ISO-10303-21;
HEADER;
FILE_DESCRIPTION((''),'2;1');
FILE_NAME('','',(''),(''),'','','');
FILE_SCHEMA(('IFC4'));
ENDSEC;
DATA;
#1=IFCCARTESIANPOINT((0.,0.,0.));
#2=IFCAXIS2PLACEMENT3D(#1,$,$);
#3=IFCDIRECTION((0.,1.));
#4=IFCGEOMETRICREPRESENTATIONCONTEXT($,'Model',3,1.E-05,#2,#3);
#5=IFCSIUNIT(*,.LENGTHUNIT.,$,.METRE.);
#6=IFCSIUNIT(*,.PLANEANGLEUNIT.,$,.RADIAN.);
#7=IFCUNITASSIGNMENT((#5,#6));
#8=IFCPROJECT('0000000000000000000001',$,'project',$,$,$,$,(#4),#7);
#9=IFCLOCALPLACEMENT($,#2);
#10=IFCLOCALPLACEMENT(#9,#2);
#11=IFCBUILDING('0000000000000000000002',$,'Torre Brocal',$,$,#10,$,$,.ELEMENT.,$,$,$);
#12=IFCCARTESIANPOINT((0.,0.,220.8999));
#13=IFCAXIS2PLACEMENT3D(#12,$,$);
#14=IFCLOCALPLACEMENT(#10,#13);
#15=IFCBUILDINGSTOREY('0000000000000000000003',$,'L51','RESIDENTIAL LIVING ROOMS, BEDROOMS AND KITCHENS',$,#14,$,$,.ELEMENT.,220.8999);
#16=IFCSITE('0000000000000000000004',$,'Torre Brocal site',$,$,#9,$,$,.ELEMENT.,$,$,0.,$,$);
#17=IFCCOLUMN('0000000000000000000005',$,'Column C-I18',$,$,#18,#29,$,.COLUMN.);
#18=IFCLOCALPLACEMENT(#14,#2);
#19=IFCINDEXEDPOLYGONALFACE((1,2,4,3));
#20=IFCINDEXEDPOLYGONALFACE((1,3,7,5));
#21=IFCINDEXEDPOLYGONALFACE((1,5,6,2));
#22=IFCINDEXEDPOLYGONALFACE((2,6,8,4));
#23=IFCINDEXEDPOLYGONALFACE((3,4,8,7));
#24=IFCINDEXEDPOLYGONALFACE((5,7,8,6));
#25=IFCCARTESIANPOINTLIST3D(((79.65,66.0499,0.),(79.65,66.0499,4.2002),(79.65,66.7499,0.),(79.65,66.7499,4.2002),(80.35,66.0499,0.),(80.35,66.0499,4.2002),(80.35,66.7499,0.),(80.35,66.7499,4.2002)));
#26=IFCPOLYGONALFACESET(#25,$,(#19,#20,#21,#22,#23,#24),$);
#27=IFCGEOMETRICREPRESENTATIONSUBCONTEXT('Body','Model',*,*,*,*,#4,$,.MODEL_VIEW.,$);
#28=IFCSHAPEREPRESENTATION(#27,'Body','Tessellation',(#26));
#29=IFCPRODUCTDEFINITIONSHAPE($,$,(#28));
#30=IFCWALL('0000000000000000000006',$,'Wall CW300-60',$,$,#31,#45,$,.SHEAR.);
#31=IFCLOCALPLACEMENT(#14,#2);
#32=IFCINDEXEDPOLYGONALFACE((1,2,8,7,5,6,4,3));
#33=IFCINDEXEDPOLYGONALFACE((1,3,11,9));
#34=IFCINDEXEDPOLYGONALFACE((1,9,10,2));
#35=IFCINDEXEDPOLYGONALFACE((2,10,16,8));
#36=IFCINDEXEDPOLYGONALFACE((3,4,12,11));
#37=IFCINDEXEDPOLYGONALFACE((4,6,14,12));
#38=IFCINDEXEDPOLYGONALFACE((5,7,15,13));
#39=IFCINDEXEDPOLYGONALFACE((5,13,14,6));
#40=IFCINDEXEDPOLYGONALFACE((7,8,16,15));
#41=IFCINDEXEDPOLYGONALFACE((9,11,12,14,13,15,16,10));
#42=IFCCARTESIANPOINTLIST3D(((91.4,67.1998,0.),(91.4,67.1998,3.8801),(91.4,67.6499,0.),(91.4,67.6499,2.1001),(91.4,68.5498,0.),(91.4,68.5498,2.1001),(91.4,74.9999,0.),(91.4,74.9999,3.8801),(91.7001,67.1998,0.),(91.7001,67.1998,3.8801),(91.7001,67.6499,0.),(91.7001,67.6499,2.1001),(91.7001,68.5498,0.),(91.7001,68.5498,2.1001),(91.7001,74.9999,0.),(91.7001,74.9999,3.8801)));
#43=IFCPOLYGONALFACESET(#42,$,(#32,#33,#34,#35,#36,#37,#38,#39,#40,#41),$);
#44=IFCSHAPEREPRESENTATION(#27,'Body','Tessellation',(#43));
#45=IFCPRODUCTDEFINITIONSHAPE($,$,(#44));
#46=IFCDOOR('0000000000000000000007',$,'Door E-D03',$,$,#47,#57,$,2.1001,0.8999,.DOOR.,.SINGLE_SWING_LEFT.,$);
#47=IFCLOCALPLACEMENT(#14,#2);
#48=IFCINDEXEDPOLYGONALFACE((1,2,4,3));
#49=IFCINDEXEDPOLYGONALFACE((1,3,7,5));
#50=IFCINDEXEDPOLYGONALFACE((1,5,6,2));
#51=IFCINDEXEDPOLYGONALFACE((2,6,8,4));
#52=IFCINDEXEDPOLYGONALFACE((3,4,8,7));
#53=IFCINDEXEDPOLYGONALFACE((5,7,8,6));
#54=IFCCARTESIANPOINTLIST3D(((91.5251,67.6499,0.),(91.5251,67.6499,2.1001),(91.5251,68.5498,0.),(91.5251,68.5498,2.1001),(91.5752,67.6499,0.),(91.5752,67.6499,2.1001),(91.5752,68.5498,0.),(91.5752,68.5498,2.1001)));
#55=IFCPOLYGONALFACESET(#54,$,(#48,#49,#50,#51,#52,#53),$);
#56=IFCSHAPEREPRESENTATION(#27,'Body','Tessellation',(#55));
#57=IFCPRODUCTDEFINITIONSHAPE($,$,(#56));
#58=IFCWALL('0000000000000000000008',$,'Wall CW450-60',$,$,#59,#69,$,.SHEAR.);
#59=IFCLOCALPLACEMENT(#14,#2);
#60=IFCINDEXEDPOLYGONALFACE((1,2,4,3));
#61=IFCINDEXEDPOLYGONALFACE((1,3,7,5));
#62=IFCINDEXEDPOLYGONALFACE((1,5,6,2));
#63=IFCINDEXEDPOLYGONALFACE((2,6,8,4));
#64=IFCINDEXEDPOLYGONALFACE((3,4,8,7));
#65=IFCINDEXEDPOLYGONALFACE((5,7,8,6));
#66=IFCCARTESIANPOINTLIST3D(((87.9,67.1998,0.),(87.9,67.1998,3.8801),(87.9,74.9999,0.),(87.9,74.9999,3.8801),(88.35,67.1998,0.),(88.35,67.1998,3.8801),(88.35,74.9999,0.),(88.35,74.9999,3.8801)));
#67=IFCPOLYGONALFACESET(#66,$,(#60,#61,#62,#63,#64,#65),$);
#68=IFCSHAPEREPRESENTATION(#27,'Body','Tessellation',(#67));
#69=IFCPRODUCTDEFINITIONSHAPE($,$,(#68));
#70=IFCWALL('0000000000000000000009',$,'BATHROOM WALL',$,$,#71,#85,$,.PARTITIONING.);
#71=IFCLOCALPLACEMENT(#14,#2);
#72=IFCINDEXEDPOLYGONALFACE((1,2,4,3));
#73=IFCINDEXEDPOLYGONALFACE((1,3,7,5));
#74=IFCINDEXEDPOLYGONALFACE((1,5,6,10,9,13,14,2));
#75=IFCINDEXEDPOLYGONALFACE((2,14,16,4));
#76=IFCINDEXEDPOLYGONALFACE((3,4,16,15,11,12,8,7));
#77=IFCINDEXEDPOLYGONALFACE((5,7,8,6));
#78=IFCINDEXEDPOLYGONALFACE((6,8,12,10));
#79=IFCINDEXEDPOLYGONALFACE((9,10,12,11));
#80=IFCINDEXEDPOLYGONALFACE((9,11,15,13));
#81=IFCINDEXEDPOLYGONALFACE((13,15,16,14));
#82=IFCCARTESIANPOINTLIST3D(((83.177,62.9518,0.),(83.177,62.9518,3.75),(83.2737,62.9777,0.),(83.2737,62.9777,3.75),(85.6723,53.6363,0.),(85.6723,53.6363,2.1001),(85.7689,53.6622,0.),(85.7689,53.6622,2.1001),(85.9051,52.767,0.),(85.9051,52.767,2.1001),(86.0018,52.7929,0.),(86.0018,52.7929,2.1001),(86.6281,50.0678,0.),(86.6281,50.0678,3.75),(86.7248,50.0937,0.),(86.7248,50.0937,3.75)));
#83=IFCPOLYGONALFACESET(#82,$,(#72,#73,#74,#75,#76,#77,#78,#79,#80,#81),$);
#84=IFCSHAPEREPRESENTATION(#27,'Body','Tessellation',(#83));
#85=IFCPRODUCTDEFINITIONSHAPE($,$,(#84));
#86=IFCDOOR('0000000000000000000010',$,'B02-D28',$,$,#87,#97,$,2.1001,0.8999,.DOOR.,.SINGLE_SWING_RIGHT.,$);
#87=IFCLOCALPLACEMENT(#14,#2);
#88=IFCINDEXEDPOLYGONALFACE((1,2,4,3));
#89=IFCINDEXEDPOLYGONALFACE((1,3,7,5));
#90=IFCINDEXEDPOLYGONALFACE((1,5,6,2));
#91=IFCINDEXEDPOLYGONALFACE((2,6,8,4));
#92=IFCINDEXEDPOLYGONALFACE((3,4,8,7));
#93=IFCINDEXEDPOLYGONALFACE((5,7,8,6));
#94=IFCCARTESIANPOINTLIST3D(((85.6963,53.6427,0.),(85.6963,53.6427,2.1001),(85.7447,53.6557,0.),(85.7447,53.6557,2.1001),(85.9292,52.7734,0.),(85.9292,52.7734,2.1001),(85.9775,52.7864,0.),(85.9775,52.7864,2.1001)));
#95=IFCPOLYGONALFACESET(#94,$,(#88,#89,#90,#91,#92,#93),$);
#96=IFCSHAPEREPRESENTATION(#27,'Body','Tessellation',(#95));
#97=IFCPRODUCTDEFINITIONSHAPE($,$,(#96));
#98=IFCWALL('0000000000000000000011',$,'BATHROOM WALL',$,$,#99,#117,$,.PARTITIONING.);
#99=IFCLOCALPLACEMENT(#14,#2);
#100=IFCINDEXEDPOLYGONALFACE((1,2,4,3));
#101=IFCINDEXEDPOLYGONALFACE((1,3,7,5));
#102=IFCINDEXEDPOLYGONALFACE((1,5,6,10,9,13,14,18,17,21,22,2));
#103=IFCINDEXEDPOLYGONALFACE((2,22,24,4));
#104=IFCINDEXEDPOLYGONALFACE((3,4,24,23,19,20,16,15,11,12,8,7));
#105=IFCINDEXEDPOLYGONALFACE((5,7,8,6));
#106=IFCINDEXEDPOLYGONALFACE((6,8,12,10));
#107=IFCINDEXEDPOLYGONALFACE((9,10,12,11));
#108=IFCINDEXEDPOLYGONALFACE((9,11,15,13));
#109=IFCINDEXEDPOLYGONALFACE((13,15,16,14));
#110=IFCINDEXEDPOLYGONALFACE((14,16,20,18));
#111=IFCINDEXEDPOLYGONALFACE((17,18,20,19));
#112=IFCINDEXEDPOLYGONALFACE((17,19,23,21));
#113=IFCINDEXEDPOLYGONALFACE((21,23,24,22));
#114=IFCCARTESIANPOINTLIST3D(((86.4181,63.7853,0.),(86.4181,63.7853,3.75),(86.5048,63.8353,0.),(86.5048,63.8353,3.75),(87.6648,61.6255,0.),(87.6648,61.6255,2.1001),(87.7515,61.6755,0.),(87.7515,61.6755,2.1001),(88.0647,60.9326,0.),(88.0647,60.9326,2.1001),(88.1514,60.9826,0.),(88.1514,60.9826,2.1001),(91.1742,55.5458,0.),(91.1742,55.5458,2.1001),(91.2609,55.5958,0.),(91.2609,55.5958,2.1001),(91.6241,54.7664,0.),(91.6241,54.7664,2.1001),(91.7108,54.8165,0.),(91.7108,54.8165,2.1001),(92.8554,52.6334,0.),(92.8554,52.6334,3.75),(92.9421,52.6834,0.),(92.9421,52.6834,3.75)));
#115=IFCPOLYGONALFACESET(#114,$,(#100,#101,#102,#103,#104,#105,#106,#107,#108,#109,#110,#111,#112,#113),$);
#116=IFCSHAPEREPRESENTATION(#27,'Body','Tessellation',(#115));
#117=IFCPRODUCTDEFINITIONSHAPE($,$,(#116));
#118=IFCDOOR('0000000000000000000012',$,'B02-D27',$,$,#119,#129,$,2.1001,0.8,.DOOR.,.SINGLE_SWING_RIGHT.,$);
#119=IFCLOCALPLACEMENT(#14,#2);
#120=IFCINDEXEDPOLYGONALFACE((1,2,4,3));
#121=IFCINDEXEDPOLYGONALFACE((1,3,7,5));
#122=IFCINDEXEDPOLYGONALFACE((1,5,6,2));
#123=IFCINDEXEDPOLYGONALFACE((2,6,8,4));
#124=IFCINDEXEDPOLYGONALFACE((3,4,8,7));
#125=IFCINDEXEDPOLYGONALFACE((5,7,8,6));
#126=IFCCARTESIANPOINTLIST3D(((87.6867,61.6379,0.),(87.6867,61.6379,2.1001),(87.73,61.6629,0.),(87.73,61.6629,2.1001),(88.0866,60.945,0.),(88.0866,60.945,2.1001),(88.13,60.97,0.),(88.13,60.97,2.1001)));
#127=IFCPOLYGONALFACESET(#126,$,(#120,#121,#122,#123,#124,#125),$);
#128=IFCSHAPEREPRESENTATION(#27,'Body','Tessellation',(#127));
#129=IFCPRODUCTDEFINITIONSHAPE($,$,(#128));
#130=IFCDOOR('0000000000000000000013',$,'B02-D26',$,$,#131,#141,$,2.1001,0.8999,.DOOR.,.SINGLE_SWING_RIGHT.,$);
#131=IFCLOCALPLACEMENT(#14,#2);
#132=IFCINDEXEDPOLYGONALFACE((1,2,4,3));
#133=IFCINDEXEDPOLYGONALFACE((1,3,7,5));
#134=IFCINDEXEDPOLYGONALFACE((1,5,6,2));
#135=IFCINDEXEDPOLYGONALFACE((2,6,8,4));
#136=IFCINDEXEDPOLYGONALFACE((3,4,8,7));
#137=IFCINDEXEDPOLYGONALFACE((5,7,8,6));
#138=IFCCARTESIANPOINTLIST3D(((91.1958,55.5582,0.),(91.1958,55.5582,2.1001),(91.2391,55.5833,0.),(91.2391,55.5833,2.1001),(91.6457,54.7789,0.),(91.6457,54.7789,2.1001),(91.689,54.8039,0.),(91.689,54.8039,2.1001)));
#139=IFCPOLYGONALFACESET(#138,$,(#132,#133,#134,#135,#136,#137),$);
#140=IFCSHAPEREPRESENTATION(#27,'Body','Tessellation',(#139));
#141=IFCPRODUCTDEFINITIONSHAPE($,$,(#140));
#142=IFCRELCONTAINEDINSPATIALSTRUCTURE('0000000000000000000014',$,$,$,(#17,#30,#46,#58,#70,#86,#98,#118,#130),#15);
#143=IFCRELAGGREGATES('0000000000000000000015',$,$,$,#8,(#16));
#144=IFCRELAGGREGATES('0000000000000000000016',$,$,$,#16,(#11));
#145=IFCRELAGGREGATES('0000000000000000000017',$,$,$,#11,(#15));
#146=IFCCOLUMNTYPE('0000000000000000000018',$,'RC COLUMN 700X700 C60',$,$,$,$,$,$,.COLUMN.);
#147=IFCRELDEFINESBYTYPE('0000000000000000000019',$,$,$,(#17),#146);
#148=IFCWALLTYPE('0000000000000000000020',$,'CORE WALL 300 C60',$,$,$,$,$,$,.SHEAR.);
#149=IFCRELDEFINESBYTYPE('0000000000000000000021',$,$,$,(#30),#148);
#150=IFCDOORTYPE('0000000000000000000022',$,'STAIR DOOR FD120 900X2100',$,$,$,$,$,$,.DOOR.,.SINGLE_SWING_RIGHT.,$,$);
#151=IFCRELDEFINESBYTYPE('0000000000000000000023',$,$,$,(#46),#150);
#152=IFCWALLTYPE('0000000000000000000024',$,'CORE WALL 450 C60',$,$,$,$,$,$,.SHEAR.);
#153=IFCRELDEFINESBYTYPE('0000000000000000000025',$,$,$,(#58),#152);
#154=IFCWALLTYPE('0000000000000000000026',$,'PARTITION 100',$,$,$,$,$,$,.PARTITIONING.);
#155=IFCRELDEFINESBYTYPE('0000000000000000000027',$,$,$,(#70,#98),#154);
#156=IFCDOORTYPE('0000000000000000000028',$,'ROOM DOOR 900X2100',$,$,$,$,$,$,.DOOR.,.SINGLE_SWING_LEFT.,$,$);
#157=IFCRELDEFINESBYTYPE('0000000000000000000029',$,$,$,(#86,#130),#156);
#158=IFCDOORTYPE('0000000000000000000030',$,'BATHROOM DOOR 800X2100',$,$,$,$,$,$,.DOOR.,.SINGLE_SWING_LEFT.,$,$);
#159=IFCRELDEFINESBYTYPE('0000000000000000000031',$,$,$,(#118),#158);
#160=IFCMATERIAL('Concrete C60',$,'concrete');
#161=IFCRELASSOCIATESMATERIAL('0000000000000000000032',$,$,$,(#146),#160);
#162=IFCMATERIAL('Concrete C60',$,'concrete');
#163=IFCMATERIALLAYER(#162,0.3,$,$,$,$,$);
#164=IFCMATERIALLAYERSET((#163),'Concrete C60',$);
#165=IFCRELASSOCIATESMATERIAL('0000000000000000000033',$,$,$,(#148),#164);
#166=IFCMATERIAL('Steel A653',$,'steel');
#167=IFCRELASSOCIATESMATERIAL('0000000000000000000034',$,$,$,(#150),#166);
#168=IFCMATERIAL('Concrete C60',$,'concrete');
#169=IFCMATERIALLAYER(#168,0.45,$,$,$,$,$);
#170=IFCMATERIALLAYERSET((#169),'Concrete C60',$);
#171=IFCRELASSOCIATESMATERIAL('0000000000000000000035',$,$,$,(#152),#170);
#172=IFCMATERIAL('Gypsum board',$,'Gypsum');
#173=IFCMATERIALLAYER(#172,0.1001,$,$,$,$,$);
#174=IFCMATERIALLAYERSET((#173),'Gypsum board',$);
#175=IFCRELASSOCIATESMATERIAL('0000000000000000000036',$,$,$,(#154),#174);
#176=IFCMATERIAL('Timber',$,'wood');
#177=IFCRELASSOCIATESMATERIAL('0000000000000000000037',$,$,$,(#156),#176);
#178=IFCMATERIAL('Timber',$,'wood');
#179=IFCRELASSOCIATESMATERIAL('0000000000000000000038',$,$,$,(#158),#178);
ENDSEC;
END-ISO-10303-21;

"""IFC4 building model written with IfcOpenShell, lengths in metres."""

from ifc_helpers import new_model, si_unit, direction, frame, frame_2d, origin, origin_2d, place, context, subcontext, project, spatial, rectangle, extrude, material, layer, layer_set, material_profile, profile_set, type_object, element, fill, save


model = new_model("IFC4")

# Units and contexts
model_context = context("Model", 3, precision=1e-05, world=origin(), true_north=direction((0.0, 1.0)))
body_context = subcontext(model_context, "Body", "Model", "MODEL_VIEW")
ifc_project = project(units=[si_unit("LENGTHUNIT", "METRE"), si_unit("PLANEANGLEUNIT", "RADIAN")], contexts=[model_context])

# Site, building, storey
site_placement = place(None, origin())
site = spatial("IfcSite", under=ifc_project, at=site_placement, Name="Torre Brocal site", CompositionType="ELEMENT", RefElevation=0.0)
building_placement = place(site_placement, origin())
building = spatial("IfcBuilding", under=site, at=building_placement, Name="Torre Brocal", CompositionType="ELEMENT")
storey_placement = place(building_placement, frame((0.0, 0.0, 220.8999)))
storey = spatial("IfcBuildingStorey", under=building, at=storey_placement, Name="L51", Description="RESIDENTIAL LIVING ROOMS, BEDROOMS AND KITCHENS", CompositionType="ELEMENT", Elevation=220.8999)

# Column
ifc_material_1 = material(Name="Concrete C60", Category="concrete")
ifc_material_profile = material_profile(ifc_material_1, rectangle(XDim=0.7, YDim=0.7, at=origin_2d()), Name="RC 700X700")
ifc_profile_set = profile_set([ifc_material_profile], Name="Concrete C60")
column_type = type_object("IfcColumnType", Name="RC COLUMN 700X700 C60", PredefinedType="COLUMN", material=ifc_profile_set)
column_placement = place(storey_placement, frame((80.0, 66.3999, 0.0), z_axis=(0.0, 0.0, 1.0), x_axis=(0.0, -1.0, 0.0)))
element("IfcColumn", 1, at=column_placement, inside=storey, type_object=column_type, Name="Column C-I18", PredefinedType="COLUMN", context=body_context, shape_type="SweptSolid", body=[
    extrude(rectangle(XDim=0.7, YDim=0.7, at=origin_2d()), origin(), (0.0, 0.0, 1.0), 4.2002),
])

# Wall, opening, door
ifc_material_2 = material(Name="Concrete C60", Category="concrete")
ifc_layer_1 = layer(ifc_material_2, 0.3)
ifc_layer_set_1 = layer_set([ifc_layer_1], Name="Concrete C60")
wall_type_1 = type_object("IfcWallType", Name="CORE WALL 300 C60", PredefinedType="SHEAR", material=ifc_layer_set_1)
wall_1_placement = place(storey_placement, frame((91.55, 67.2, 0.0), z_axis=(0.0, 0.0, 1.0), x_axis=(0.0, 1.0, 0.0)))
wall_1 = element("IfcWall", 2, at=wall_1_placement, inside=storey, type_object=wall_type_1, Name="Wall CW300-60", PredefinedType="SHEAR", context=body_context, shape_type="SweptSolid", body=[
    extrude(rectangle(XDim=7.8, YDim=0.3, at=frame_2d((3.8999, 0.0))), origin(), (0.0, 0.0, 1.0), 3.8801),
])
opening_1_placement = place(wall_1_placement, frame((0.45, 0.0, 0.0)))
opening_1 = element("IfcOpeningElement", 3, at=opening_1_placement, cuts=wall_1, PredefinedType="OPENING", context=body_context, shape_type="SweptSolid", body=[
    extrude(rectangle(XDim=0.8999, YDim=2.1001, at=frame_2d((0.45, 1.05))), frame((0.0, 0.1599, 0.0), z_axis=(0.0, -1.0, 0.0), x_axis=(1.0, 0.0, 0.0)), (0.0, 0.0, 1.0), 0.3201),
])
ifc_material_3 = material(Name="Steel A653", Category="steel")
door_type_1 = type_object("IfcDoorType", Name="STAIR DOOR FD120 900X2100", OperationType="SINGLE_SWING_RIGHT", PredefinedType="DOOR", material=ifc_material_3)
door_1_placement = place(opening_1_placement, origin())
door_1 = element("IfcDoor", 4, at=door_1_placement, inside=storey, type_object=door_type_1, Name="Door E-D03", OperationType="SINGLE_SWING_LEFT", OverallHeight=2.1001, OverallWidth=0.8999, PredefinedType="DOOR", context=body_context, shape_type="SweptSolid", body=[
    extrude(rectangle(XDim=0.8999, YDim=2.1001, at=frame_2d((0.45, 1.05))), frame((0.0, 0.0249, 0.0), z_axis=(0.0, -1.0, 0.0), x_axis=(1.0, 0.0, 0.0)), (0.0, 0.0, 1.0), 0.05),
])
fill(opening_1, door_1)

# Wall
ifc_material_4 = material(Name="Concrete C60", Category="concrete")
ifc_layer_2 = layer(ifc_material_4, 0.45)
ifc_layer_set_2 = layer_set([ifc_layer_2], Name="Concrete C60")
wall_type_2 = type_object("IfcWallType", Name="CORE WALL 450 C60", PredefinedType="SHEAR", material=ifc_layer_set_2)
wall_2_placement = place(storey_placement, frame((88.125, 67.2, 0.0), z_axis=(0.0, 0.0, 1.0), x_axis=(0.0, 1.0, 0.0)))
element("IfcWall", 5, at=wall_2_placement, inside=storey, type_object=wall_type_2, Name="Wall CW450-60", PredefinedType="SHEAR", context=body_context, shape_type="SweptSolid", body=[
    extrude(rectangle(XDim=7.8, YDim=0.45, at=frame_2d((3.8999, 0.0))), origin(), (0.0, 0.0, 1.0), 3.8801),
])

# Wall, opening, door
ifc_material_5 = material(Name="Gypsum board", Category="Gypsum")
ifc_layer_3 = layer(ifc_material_5, 0.1001)
ifc_layer_set_3 = layer_set([ifc_layer_3], Name="Gypsum board")
wall_type_3 = type_object("IfcWallType", Name="PARTITION 100", PredefinedType="PARTITIONING", material=ifc_layer_set_3)
wall_3_placement = place(storey_placement, frame((83.2253, 62.9646, 0.0), z_axis=(0.0, 0.0, 1.0), x_axis=(0.258742, -0.965946, 0.0)))
wall_3 = element("IfcWall", 6, at=wall_3_placement, inside=storey, type_object=wall_type_3, Name="BATHROOM WALL", PredefinedType="PARTITIONING", context=body_context, shape_type="SweptSolid", body=[
    extrude(rectangle(XDim=13.3381, YDim=0.1001, at=frame_2d((6.6689, 0.0))), origin(), (0.0, 0.0, 1.0), 3.75),
])
opening_2_placement = place(wall_3_placement, frame((9.6438, 0.0, 0.0)))
opening_2 = element("IfcOpeningElement", 7, at=opening_2_placement, cuts=wall_3, PredefinedType="OPENING", context=body_context, shape_type="SweptSolid", body=[
    extrude(rectangle(XDim=0.8999, YDim=2.1001, at=frame_2d((0.45, 1.05))), frame((0.0, 0.0601, 0.0), z_axis=(0.0, -1.0, 0.0), x_axis=(1.0, 0.0, 0.0)), (0.0, 0.0, 1.0), 0.1201),
])
ifc_material_6 = material(Name="Timber", Category="wood")
door_type_2 = type_object("IfcDoorType", Name="ROOM DOOR 900X2100", OperationType="SINGLE_SWING_LEFT", PredefinedType="DOOR", material=ifc_material_6)
door_2_placement = place(opening_2_placement, origin())
door_2 = element("IfcDoor", 8, at=door_2_placement, inside=storey, type_object=door_type_2, Name="B02-D28", OperationType="SINGLE_SWING_RIGHT", OverallHeight=2.1001, OverallWidth=0.8999, PredefinedType="DOOR", context=body_context, shape_type="SweptSolid", body=[
    extrude(rectangle(XDim=0.8999, YDim=2.1001, at=frame_2d((0.45, 1.05))), frame((0.0, 0.0249, 0.0), z_axis=(0.0, -1.0, 0.0), x_axis=(1.0, 0.0, 0.0)), (0.0, 0.0, 1.0), 0.05),
])
fill(opening_2, door_2)

# Wall, openings, doors
wall_4_placement = place(storey_placement, frame((86.4614, 63.8103, 0.0), z_axis=(0.0, 0.0, 1.0), x_axis=(0.499926, -0.866068, 0.0)))
wall_4 = element("IfcWall", 9, at=wall_4_placement, inside=storey, type_object=wall_type_3, Name="BATHROOM WALL", PredefinedType="PARTITIONING", context=body_context, shape_type="SweptSolid", body=[
    extrude(rectangle(XDim=12.8765, YDim=0.1001, at=frame_2d((6.4382, 0.0))), origin(), (0.0, 0.0, 1.0), 3.75),
])
opening_3_placement = place(wall_4_placement, frame((9.5137, 0.0, 0.0)))
opening_3 = element("IfcOpeningElement", 10, at=opening_3_placement, cuts=wall_4, PredefinedType="OPENING", context=body_context, shape_type="SweptSolid", body=[
    extrude(rectangle(XDim=0.8999, YDim=2.1001, at=frame_2d((0.45, 1.05))), frame((0.0, 0.0601, 0.0), z_axis=(0.0, -1.0, 0.0), x_axis=(1.0, 0.0, 0.0)), (0.0, 0.0, 1.0), 0.1201),
])
opening_4_placement = place(wall_4_placement, frame((2.4939, 0.0, 0.0)))
opening_4 = element("IfcOpeningElement", 11, at=opening_4_placement, cuts=wall_4, PredefinedType="OPENING", context=body_context, shape_type="SweptSolid", body=[
    extrude(rectangle(XDim=0.8, YDim=2.1001, at=frame_2d((0.3999, 1.05))), frame((0.0, 0.0601, 0.0), z_axis=(0.0, -1.0, 0.0), x_axis=(1.0, 0.0, 0.0)), (0.0, 0.0, 1.0), 0.1201),
])
ifc_material_7 = material(Name="Timber", Category="wood")
door_type_3 = type_object("IfcDoorType", Name="BATHROOM DOOR 800X2100", OperationType="SINGLE_SWING_LEFT", PredefinedType="DOOR", material=ifc_material_7)
door_3_placement = place(opening_4_placement, frame((0.8, 0.0, 0.0), z_axis=(0.0, 0.0, 1.0), x_axis=(-1.0, 0.0, 0.0)))
door_3 = element("IfcDoor", 12, at=door_3_placement, inside=storey, type_object=door_type_3, Name="B02-D27", OperationType="SINGLE_SWING_RIGHT", OverallHeight=2.1001, OverallWidth=0.8, PredefinedType="DOOR", context=body_context, shape_type="SweptSolid", body=[
    extrude(rectangle(XDim=0.8, YDim=2.1001, at=frame_2d((0.3999, 1.05))), frame((0.0, 0.0249, 0.0), z_axis=(0.0, -1.0, 0.0), x_axis=(1.0, 0.0, 0.0)), (0.0, 0.0, 1.0), 0.05),
])
fill(opening_4, door_3)
door_4_placement = place(opening_3_placement, origin())
door_4 = element("IfcDoor", 13, at=door_4_placement, inside=storey, type_object=door_type_2, Name="B02-D26", OperationType="SINGLE_SWING_RIGHT", OverallHeight=2.1001, OverallWidth=0.8999, PredefinedType="DOOR", context=body_context, shape_type="SweptSolid", body=[
    extrude(rectangle(XDim=0.8999, YDim=2.1001, at=frame_2d((0.45, 1.05))), frame((0.0, 0.0249, 0.0), z_axis=(0.0, -1.0, 0.0), x_axis=(1.0, 0.0, 0.0)), (0.0, 0.0, 1.0), 0.05),
])
fill(opening_3, door_4)

save(model, "model.ifc")
